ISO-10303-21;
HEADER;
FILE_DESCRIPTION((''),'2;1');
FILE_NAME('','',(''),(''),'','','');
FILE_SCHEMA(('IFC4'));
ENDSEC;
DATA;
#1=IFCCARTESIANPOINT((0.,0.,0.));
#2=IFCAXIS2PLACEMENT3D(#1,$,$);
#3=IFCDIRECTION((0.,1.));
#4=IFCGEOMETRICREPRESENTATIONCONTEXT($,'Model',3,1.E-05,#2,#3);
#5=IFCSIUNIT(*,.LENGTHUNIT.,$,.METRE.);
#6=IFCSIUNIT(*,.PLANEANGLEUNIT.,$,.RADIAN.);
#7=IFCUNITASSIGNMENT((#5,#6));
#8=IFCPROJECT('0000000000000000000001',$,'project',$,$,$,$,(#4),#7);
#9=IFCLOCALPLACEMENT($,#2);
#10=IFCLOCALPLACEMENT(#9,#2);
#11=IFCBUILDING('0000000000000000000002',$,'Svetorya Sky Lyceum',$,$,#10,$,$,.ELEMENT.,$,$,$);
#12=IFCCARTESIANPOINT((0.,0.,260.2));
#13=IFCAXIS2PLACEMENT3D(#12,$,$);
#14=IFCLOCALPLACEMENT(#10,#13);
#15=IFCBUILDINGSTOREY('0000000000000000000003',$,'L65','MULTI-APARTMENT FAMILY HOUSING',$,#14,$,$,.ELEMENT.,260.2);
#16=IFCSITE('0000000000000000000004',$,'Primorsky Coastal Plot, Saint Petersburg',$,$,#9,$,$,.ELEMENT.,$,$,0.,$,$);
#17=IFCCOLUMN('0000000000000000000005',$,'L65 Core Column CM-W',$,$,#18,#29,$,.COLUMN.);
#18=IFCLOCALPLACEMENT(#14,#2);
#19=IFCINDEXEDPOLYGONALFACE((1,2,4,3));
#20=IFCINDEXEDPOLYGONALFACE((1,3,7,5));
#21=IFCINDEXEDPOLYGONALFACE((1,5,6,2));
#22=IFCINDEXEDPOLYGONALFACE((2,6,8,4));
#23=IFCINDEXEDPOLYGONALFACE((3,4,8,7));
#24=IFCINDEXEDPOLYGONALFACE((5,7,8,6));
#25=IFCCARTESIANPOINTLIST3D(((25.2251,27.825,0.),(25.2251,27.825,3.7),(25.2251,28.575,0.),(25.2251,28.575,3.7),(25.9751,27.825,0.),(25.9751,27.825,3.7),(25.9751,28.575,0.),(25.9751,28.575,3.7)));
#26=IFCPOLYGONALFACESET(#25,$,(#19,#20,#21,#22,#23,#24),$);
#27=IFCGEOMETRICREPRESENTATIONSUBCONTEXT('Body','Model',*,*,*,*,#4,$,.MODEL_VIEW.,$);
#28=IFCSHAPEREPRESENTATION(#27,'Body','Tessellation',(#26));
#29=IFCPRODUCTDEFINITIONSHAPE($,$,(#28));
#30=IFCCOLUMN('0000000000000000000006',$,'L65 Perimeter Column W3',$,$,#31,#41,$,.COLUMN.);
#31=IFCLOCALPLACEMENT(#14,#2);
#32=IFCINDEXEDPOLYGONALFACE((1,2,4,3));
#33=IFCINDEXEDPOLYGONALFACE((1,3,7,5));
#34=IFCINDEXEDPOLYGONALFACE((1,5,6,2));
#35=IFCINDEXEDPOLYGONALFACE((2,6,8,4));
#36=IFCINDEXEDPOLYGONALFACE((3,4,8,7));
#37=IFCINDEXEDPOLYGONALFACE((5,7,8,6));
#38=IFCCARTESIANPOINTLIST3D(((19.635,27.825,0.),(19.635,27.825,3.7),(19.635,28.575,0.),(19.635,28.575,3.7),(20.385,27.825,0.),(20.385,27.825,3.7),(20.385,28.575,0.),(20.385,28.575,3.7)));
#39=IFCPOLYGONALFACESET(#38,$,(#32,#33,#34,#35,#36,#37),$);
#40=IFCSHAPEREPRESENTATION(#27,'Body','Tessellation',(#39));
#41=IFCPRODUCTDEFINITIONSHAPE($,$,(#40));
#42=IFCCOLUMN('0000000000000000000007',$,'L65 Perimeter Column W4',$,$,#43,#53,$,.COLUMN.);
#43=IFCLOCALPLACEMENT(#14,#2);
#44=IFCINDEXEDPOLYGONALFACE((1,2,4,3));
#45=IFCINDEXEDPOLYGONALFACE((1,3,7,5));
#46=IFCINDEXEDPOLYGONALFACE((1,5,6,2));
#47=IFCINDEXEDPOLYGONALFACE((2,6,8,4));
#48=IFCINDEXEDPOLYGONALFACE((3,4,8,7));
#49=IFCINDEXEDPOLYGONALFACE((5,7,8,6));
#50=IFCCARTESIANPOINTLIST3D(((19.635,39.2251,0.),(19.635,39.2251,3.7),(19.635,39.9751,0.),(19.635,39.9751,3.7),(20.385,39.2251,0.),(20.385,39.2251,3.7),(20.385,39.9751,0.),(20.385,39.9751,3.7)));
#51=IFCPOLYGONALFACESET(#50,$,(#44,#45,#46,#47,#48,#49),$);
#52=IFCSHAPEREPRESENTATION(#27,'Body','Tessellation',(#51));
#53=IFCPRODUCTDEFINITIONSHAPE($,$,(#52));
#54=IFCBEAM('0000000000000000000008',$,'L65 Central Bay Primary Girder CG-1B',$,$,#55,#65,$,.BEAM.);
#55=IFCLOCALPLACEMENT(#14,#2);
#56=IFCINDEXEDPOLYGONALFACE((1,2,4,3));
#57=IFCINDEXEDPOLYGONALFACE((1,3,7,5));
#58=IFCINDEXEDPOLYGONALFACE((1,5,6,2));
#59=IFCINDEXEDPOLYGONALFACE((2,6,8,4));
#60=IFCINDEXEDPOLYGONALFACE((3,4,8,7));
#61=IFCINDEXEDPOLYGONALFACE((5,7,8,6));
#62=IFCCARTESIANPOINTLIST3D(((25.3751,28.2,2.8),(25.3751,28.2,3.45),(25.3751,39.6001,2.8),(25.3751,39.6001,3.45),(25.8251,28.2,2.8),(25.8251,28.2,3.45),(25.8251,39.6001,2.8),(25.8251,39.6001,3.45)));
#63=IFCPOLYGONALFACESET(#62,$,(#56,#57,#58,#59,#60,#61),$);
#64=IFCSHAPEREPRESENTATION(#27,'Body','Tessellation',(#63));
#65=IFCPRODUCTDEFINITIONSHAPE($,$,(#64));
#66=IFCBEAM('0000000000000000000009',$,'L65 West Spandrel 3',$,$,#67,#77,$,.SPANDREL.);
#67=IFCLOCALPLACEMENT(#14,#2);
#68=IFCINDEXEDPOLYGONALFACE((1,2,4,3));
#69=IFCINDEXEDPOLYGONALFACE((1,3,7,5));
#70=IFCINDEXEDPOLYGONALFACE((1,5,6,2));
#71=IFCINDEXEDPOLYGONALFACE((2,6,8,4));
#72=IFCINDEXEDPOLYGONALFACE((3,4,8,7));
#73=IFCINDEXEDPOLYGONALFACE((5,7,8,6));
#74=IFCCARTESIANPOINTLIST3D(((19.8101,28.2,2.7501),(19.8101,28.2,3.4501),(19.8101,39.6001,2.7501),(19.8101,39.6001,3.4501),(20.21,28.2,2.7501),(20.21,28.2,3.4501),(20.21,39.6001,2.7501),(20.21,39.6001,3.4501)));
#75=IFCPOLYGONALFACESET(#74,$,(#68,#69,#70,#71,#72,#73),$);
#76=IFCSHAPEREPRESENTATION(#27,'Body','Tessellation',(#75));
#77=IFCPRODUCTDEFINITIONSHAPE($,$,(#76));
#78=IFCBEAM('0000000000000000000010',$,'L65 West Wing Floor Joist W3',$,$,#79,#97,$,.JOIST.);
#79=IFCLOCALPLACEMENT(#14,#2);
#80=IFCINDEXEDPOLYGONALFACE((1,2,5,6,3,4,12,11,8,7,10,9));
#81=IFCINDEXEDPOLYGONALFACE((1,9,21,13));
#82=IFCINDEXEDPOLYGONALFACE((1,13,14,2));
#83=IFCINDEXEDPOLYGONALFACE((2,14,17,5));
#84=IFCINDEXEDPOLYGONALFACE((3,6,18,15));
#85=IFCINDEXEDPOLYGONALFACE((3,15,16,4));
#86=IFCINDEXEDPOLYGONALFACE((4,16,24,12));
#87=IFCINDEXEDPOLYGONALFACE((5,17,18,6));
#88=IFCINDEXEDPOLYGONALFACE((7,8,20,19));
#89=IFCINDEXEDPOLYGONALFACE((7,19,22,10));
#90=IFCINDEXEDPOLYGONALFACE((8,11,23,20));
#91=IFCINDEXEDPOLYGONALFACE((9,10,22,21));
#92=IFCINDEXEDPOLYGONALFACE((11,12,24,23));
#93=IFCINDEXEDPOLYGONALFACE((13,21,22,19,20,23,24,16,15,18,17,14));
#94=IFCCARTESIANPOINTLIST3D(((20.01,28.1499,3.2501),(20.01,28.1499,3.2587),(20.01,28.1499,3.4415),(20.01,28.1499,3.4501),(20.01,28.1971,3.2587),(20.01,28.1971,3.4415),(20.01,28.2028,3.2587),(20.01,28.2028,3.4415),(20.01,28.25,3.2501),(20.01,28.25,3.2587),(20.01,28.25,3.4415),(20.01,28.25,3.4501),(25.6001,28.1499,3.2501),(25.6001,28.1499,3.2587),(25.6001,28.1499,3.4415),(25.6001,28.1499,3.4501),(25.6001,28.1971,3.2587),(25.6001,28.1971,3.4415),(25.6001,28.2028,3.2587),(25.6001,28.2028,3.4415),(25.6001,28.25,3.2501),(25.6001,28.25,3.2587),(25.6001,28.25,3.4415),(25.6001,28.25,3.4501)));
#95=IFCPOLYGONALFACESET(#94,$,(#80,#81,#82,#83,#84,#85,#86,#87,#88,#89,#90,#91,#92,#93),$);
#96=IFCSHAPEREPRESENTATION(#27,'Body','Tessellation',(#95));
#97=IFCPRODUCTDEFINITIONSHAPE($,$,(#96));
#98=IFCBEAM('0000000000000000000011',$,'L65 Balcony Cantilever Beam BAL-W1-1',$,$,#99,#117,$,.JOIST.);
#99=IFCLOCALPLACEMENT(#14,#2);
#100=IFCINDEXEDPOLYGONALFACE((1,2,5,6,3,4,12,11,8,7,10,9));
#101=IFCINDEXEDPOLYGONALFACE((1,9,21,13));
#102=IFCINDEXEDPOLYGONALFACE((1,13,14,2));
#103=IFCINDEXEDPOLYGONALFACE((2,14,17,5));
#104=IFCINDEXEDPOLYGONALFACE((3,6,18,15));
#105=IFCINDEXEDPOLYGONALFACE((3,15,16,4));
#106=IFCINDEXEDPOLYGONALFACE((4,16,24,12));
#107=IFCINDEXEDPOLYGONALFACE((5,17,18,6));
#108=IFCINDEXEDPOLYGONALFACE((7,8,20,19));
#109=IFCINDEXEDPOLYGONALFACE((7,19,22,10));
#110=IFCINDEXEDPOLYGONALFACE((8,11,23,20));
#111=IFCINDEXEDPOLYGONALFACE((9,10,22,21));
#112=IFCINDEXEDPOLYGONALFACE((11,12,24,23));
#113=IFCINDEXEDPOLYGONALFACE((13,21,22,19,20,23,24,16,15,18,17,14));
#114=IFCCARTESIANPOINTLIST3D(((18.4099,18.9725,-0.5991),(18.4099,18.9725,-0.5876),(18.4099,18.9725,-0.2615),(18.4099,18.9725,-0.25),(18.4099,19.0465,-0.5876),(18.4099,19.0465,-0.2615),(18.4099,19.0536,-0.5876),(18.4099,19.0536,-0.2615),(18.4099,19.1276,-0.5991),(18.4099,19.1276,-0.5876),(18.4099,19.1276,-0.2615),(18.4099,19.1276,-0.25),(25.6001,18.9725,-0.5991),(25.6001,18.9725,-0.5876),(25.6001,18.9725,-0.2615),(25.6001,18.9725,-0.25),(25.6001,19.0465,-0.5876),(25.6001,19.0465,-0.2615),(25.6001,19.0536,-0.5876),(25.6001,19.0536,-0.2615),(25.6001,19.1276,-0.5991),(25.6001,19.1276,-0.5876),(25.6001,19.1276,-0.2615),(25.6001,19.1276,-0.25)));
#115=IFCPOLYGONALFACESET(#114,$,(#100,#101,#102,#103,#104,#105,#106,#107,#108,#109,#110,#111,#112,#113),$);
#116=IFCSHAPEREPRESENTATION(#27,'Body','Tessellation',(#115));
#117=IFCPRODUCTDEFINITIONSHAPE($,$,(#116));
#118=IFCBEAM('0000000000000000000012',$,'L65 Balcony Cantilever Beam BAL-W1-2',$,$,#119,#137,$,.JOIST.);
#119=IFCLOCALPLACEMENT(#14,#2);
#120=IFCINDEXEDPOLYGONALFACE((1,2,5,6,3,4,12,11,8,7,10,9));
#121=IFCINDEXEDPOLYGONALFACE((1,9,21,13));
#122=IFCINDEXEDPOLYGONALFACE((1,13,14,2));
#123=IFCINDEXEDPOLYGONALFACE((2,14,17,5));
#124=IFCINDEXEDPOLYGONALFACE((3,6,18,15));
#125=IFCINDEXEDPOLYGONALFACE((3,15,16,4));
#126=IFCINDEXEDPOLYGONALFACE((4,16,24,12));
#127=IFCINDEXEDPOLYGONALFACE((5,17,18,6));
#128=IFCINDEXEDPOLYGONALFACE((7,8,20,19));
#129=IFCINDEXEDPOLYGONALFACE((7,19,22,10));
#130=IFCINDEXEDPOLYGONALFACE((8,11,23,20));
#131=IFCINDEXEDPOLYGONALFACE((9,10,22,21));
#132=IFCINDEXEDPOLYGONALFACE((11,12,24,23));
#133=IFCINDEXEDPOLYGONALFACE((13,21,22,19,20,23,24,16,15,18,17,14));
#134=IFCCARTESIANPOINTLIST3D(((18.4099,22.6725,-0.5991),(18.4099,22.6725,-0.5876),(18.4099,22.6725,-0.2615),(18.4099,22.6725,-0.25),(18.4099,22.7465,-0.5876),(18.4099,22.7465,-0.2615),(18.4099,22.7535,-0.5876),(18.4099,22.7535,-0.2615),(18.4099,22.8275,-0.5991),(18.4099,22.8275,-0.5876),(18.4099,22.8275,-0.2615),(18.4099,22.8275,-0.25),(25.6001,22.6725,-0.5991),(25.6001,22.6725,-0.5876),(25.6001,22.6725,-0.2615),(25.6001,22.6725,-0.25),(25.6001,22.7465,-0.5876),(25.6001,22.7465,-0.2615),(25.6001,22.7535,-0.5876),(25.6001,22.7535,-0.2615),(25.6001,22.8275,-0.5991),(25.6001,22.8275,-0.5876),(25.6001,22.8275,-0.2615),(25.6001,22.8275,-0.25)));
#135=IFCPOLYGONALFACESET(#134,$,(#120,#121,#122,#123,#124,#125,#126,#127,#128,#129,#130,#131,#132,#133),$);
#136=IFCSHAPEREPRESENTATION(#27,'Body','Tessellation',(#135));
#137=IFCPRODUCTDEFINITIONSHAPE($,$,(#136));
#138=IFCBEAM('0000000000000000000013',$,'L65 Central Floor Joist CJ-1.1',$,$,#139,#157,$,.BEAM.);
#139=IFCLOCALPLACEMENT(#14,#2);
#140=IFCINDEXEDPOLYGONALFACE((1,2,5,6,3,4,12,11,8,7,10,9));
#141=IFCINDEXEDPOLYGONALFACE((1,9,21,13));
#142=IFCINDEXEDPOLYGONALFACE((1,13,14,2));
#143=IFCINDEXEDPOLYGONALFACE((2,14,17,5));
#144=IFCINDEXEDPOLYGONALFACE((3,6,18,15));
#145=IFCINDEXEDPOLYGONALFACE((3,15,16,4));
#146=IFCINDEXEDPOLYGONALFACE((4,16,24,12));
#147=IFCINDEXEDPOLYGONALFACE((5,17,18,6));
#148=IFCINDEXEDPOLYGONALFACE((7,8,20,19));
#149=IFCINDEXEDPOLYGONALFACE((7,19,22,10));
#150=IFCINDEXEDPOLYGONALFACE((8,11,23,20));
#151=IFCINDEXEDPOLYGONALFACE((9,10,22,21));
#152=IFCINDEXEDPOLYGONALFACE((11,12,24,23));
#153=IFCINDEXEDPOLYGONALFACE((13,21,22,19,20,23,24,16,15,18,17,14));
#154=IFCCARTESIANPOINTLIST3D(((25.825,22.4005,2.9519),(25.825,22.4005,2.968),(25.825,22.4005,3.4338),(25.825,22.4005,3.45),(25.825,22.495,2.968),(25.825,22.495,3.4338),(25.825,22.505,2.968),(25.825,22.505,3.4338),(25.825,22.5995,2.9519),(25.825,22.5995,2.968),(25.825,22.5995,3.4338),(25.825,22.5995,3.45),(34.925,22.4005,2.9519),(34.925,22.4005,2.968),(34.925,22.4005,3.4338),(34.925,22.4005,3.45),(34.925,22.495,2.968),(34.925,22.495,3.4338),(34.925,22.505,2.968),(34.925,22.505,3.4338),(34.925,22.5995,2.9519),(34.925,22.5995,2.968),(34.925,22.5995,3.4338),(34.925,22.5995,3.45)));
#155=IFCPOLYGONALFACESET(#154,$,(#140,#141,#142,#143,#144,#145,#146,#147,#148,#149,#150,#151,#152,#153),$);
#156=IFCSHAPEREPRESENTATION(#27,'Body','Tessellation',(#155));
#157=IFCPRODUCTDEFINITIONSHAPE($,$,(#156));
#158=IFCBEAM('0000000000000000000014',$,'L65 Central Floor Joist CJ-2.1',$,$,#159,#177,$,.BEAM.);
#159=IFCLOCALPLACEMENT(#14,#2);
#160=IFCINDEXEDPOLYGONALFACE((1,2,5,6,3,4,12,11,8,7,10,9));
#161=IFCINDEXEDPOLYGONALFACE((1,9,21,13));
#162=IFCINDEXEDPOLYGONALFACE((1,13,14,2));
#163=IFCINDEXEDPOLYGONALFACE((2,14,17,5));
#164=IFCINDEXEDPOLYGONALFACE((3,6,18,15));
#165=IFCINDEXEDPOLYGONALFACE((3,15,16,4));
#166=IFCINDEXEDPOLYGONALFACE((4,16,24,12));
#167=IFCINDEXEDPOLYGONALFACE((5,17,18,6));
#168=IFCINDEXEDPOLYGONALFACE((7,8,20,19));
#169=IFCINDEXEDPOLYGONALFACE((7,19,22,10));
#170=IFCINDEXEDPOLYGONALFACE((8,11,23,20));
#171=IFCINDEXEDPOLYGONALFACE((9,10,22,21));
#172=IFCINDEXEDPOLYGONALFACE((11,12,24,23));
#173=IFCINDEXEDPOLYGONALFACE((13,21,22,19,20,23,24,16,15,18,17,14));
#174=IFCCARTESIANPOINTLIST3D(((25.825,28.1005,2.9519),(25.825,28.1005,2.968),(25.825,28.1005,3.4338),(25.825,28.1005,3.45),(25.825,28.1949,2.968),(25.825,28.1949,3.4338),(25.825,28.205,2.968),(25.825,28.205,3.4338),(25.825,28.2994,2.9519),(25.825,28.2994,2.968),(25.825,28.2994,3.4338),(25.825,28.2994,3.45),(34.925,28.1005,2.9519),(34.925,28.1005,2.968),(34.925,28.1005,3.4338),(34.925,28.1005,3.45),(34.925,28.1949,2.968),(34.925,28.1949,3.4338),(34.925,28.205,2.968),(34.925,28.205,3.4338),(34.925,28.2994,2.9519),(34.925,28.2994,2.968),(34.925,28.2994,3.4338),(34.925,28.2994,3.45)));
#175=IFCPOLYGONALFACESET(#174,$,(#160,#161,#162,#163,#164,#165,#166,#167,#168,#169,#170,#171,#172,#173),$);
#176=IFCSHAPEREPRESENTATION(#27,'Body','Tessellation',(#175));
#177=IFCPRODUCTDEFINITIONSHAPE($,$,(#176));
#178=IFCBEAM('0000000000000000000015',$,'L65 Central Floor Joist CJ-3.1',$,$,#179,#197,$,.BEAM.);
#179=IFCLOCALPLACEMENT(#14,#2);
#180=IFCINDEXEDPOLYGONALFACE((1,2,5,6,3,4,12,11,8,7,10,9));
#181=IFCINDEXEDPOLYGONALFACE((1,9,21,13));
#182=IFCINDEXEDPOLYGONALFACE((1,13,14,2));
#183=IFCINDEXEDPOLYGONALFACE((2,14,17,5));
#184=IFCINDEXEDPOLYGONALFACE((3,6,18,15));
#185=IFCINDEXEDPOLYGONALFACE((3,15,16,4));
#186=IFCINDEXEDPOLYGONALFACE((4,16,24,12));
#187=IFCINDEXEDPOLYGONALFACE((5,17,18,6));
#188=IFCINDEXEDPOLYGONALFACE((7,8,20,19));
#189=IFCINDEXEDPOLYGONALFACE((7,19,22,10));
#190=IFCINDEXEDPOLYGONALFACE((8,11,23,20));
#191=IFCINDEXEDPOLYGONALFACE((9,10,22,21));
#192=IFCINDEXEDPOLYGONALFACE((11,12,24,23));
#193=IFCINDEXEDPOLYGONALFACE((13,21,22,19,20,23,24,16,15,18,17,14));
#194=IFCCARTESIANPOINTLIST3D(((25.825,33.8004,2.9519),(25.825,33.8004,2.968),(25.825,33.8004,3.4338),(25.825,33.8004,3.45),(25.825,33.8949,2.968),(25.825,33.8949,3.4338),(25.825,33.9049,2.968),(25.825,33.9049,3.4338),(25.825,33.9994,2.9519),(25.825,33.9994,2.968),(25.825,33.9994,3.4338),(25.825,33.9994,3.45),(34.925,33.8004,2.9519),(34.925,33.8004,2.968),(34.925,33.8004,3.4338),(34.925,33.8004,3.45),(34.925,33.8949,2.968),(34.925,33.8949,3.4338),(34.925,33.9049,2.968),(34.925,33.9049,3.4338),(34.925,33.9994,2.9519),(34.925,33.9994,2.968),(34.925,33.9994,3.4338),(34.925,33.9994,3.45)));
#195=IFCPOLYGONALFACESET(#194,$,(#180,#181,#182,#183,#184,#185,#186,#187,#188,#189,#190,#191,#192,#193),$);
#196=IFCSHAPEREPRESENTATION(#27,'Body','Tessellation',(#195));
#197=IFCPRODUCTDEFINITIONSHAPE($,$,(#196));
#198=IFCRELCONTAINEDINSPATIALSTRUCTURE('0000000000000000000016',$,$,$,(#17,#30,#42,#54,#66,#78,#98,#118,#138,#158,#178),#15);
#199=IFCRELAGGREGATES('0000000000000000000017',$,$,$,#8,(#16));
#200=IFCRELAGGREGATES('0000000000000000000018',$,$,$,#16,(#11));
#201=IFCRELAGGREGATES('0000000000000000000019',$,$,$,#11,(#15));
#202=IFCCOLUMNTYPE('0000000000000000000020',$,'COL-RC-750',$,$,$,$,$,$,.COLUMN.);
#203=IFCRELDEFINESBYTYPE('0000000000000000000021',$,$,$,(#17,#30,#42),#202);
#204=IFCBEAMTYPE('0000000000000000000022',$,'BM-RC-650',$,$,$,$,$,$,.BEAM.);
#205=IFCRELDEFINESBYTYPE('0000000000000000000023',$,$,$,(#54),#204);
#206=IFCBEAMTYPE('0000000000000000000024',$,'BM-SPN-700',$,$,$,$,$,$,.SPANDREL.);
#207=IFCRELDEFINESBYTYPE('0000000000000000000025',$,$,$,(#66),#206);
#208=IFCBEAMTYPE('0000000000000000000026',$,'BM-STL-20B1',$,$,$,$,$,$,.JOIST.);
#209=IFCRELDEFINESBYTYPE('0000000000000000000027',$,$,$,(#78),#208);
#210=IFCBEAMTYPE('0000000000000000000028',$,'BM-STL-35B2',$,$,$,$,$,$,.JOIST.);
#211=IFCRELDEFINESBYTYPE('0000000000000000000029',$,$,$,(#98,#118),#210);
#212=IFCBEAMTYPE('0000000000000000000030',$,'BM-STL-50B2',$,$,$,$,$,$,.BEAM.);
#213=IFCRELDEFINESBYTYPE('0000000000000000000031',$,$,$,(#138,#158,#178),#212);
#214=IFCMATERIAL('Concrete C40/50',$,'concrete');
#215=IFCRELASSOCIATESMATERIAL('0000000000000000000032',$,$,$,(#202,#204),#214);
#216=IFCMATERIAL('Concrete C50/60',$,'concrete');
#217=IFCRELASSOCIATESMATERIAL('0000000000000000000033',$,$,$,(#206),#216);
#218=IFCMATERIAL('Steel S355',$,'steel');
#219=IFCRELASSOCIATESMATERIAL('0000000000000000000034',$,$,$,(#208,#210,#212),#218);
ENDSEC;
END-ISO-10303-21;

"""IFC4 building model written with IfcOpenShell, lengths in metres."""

from ifc_helpers import new_model, si_unit, direction, frame, origin, origin_2d, place, context, subcontext, project, spatial, rectangle, i_section, extrude, material, material_profile, profile_set, type_object, element, save


model = new_model("IFC4")

# Units and contexts
model_context = context("Model", 3, precision=1e-05, world=origin(), true_north=direction((0.0, 1.0)))
body_context = subcontext(model_context, "Body", "Model", "MODEL_VIEW")
ifc_project = project(units=[si_unit("LENGTHUNIT", "METRE"), si_unit("PLANEANGLEUNIT", "RADIAN")], contexts=[model_context])

# Site, building, storey
site_placement = place(None, origin())
site = spatial("IfcSite", under=ifc_project, at=site_placement, Name="Primorsky Coastal Plot, Saint Petersburg", CompositionType="ELEMENT", RefElevation=0.0)
building_placement = place(site_placement, origin())
building = spatial("IfcBuilding", under=site, at=building_placement, Name="Svetorya Sky Lyceum", CompositionType="ELEMENT")
storey_placement = place(building_placement, frame((0.0, 0.0, 260.2)))
storey = spatial("IfcBuildingStorey", under=building, at=storey_placement, Name="L65", Description="MULTI-APARTMENT FAMILY HOUSING", CompositionType="ELEMENT", Elevation=260.2)

# Columns
ifc_material_1 = material(Name="Concrete C40/50", Category="concrete")
ifc_material_profile_1 = material_profile(ifc_material_1, rectangle(XDim=0.75, YDim=0.75, at=origin_2d()), Name="RC COL 750x750")
ifc_profile_set_1 = profile_set([ifc_material_profile_1], Name="Concrete C40/50")
column_type = type_object("IfcColumnType", Name="COL-RC-750", PredefinedType="COLUMN", material=ifc_profile_set_1)
for number, where, z_axis, x_axis, name in (
    (1, (25.6001, 28.2, 0.0), (0.0, 0.0, 1.0), (1.0, 0.0, 0.0), "L65 Core Column CM-W"),
    (2, (20.01, 28.2, 0.0), (0.0, 0.0, 1.0), (1.0, 0.0, 0.0), "L65 Perimeter Column W3"),
    (3, (20.01, 39.6001, 0.0), (0.0, 0.0, 1.0), (1.0, 0.0, 0.0), "L65 Perimeter Column W4"),
):
    element("IfcColumn", number, at=place(storey_placement, frame(where, z_axis=z_axis, x_axis=x_axis)), inside=storey, type_object=column_type, Name=name, PredefinedType="COLUMN", context=body_context, shape_type="SweptSolid", body=[
        extrude(rectangle(XDim=0.75, YDim=0.75, at=origin_2d()), origin(), (0.0, 0.0, 1.0), 3.7),
    ])

# Beams
ifc_material_profile_2 = material_profile(ifc_material_1, rectangle(XDim=0.45, YDim=0.6499, at=origin_2d()), Name="RC BEAM 450x650")
ifc_profile_set_2 = profile_set([ifc_material_profile_2], Name="Concrete C40/50")
beam_type_1 = type_object("IfcBeamType", Name="BM-RC-650", PredefinedType="BEAM", material=ifc_profile_set_2)
beam_1_placement = place(storey_placement, frame((25.6001, 28.2, 3.125), z_axis=(0.0, 1.0, 0.0), x_axis=(-1.0, 0.0, 0.0)))
element("IfcBeam", 4, at=beam_1_placement, inside=storey, type_object=beam_type_1, Name="L65 Central Bay Primary Girder CG-1B", PredefinedType="BEAM", context=body_context, shape_type="SweptSolid", body=[
    extrude(rectangle(XDim=0.45, YDim=0.6499, at=origin_2d()), origin(), (0.0, 0.0, 1.0), 11.4001),
])
ifc_material_2 = material(Name="Concrete C50/60", Category="concrete")
ifc_material_profile_3 = material_profile(ifc_material_2, rectangle(XDim=0.3999, YDim=0.7, at=origin_2d()), Name="RC SPANDREL 400x700")
ifc_profile_set_3 = profile_set([ifc_material_profile_3], Name="Concrete C50/60")
beam_type_2 = type_object("IfcBeamType", Name="BM-SPN-700", PredefinedType="SPANDREL", material=ifc_profile_set_3)
beam_2_placement = place(storey_placement, frame((20.01, 28.2, 3.1001), z_axis=(0.0, 1.0, 0.0), x_axis=(-1.0, 0.0, 0.0)))
element("IfcBeam", 5, at=beam_2_placement, inside=storey, type_object=beam_type_2, Name="L65 West Spandrel 3", PredefinedType="SPANDREL", context=body_context, shape_type="SweptSolid", body=[
    extrude(rectangle(XDim=0.3999, YDim=0.7, at=origin_2d()), origin(), (0.0, 0.0, 1.0), 11.4001),
])
ifc_material_3 = material(Name="Steel S355", Category="steel")
ifc_material_profile_4 = material_profile(ifc_material_3, i_section(OverallWidth=0.1001, OverallDepth=0.2, WebThickness=0.0056, FlangeThickness=0.0085, at=origin_2d()), Name="GOST 20B1")
ifc_profile_set_4 = profile_set([ifc_material_profile_4], Name="Steel S355")
beam_type_3 = type_object("IfcBeamType", Name="BM-STL-20B1", PredefinedType="JOIST", material=ifc_profile_set_4)
beam_3_placement = place(storey_placement, frame((20.01, 28.2, 3.3501), z_axis=(1.0, 0.0, 0.0), x_axis=(0.0, 1.0, 0.0)))
element("IfcBeam", 6, at=beam_3_placement, inside=storey, type_object=beam_type_3, Name="L65 West Wing Floor Joist W3", PredefinedType="JOIST", context=body_context, shape_type="SweptSolid", body=[
    extrude(i_section(OverallWidth=0.1001, OverallDepth=0.2, WebThickness=0.0056, FlangeThickness=0.0085, at=origin_2d()), origin(), (0.0, 0.0, 1.0), 5.5901),
])
ifc_material_profile_5 = material_profile(ifc_material_3, i_section(OverallWidth=0.155, OverallDepth=0.3491, WebThickness=0.0071, FlangeThickness=0.0115, at=origin_2d()), Name="GOST 35B2")
ifc_profile_set_5 = profile_set([ifc_material_profile_5], Name="Steel S355")
beam_type_4 = type_object("IfcBeamType", Name="BM-STL-35B2", PredefinedType="JOIST", material=ifc_profile_set_5)
for number, where, z_axis, x_axis, name in (
    (7, (25.6001, 19.05, -0.4246), (-1.0, 0.0, 0.0), (0.0, -1.0, 0.0), "L65 Balcony Cantilever Beam BAL-W1-1"),
    (8, (25.6001, 22.75, -0.4246), (-1.0, 0.0, 0.0), (0.0, -1.0, 0.0), "L65 Balcony Cantilever Beam BAL-W1-2"),
):
    element("IfcBeam", number, at=place(storey_placement, frame(where, z_axis=z_axis, x_axis=x_axis)), inside=storey, type_object=beam_type_4, Name=name, PredefinedType="JOIST", context=body_context, shape_type="SweptSolid", body=[
        extrude(i_section(OverallWidth=0.155, OverallDepth=0.3491, WebThickness=0.0071, FlangeThickness=0.0115, at=origin_2d()), origin(), (0.0, 0.0, 1.0), 7.1902),
    ])
ifc_material_profile_6 = material_profile(ifc_material_3, i_section(OverallWidth=0.199, OverallDepth=0.498, WebThickness=0.01, FlangeThickness=0.0161, at=origin_2d()), Name="GOST 50B2")
ifc_profile_set_6 = profile_set([ifc_material_profile_6], Name="Steel S355")
beam_type_5 = type_object("IfcBeamType", Name="BM-STL-50B2", PredefinedType="BEAM", material=ifc_profile_set_6)
for number, where, z_axis, x_axis, name in (
    (9, (25.825, 22.5, 3.2009), (1.0, 0.0, 0.0), (0.0, 1.0, 0.0), "L65 Central Floor Joist CJ-1.1"),
    (10, (25.825, 28.2, 3.2009), (1.0, 0.0, 0.0), (0.0, 1.0, 0.0), "L65 Central Floor Joist CJ-2.1"),
    (11, (25.825, 33.8999, 3.2009), (1.0, 0.0, 0.0), (0.0, 1.0, 0.0), "L65 Central Floor Joist CJ-3.1"),
):
    element("IfcBeam", number, at=place(storey_placement, frame(where, z_axis=z_axis, x_axis=x_axis)), inside=storey, type_object=beam_type_5, Name=name, PredefinedType="BEAM", context=body_context, shape_type="SweptSolid", body=[
        extrude(i_section(OverallWidth=0.199, OverallDepth=0.498, WebThickness=0.01, FlangeThickness=0.0161, at=origin_2d()), origin(), (0.0, 0.0, 1.0), 9.1001),
    ])

save(model, "model.ifc")
